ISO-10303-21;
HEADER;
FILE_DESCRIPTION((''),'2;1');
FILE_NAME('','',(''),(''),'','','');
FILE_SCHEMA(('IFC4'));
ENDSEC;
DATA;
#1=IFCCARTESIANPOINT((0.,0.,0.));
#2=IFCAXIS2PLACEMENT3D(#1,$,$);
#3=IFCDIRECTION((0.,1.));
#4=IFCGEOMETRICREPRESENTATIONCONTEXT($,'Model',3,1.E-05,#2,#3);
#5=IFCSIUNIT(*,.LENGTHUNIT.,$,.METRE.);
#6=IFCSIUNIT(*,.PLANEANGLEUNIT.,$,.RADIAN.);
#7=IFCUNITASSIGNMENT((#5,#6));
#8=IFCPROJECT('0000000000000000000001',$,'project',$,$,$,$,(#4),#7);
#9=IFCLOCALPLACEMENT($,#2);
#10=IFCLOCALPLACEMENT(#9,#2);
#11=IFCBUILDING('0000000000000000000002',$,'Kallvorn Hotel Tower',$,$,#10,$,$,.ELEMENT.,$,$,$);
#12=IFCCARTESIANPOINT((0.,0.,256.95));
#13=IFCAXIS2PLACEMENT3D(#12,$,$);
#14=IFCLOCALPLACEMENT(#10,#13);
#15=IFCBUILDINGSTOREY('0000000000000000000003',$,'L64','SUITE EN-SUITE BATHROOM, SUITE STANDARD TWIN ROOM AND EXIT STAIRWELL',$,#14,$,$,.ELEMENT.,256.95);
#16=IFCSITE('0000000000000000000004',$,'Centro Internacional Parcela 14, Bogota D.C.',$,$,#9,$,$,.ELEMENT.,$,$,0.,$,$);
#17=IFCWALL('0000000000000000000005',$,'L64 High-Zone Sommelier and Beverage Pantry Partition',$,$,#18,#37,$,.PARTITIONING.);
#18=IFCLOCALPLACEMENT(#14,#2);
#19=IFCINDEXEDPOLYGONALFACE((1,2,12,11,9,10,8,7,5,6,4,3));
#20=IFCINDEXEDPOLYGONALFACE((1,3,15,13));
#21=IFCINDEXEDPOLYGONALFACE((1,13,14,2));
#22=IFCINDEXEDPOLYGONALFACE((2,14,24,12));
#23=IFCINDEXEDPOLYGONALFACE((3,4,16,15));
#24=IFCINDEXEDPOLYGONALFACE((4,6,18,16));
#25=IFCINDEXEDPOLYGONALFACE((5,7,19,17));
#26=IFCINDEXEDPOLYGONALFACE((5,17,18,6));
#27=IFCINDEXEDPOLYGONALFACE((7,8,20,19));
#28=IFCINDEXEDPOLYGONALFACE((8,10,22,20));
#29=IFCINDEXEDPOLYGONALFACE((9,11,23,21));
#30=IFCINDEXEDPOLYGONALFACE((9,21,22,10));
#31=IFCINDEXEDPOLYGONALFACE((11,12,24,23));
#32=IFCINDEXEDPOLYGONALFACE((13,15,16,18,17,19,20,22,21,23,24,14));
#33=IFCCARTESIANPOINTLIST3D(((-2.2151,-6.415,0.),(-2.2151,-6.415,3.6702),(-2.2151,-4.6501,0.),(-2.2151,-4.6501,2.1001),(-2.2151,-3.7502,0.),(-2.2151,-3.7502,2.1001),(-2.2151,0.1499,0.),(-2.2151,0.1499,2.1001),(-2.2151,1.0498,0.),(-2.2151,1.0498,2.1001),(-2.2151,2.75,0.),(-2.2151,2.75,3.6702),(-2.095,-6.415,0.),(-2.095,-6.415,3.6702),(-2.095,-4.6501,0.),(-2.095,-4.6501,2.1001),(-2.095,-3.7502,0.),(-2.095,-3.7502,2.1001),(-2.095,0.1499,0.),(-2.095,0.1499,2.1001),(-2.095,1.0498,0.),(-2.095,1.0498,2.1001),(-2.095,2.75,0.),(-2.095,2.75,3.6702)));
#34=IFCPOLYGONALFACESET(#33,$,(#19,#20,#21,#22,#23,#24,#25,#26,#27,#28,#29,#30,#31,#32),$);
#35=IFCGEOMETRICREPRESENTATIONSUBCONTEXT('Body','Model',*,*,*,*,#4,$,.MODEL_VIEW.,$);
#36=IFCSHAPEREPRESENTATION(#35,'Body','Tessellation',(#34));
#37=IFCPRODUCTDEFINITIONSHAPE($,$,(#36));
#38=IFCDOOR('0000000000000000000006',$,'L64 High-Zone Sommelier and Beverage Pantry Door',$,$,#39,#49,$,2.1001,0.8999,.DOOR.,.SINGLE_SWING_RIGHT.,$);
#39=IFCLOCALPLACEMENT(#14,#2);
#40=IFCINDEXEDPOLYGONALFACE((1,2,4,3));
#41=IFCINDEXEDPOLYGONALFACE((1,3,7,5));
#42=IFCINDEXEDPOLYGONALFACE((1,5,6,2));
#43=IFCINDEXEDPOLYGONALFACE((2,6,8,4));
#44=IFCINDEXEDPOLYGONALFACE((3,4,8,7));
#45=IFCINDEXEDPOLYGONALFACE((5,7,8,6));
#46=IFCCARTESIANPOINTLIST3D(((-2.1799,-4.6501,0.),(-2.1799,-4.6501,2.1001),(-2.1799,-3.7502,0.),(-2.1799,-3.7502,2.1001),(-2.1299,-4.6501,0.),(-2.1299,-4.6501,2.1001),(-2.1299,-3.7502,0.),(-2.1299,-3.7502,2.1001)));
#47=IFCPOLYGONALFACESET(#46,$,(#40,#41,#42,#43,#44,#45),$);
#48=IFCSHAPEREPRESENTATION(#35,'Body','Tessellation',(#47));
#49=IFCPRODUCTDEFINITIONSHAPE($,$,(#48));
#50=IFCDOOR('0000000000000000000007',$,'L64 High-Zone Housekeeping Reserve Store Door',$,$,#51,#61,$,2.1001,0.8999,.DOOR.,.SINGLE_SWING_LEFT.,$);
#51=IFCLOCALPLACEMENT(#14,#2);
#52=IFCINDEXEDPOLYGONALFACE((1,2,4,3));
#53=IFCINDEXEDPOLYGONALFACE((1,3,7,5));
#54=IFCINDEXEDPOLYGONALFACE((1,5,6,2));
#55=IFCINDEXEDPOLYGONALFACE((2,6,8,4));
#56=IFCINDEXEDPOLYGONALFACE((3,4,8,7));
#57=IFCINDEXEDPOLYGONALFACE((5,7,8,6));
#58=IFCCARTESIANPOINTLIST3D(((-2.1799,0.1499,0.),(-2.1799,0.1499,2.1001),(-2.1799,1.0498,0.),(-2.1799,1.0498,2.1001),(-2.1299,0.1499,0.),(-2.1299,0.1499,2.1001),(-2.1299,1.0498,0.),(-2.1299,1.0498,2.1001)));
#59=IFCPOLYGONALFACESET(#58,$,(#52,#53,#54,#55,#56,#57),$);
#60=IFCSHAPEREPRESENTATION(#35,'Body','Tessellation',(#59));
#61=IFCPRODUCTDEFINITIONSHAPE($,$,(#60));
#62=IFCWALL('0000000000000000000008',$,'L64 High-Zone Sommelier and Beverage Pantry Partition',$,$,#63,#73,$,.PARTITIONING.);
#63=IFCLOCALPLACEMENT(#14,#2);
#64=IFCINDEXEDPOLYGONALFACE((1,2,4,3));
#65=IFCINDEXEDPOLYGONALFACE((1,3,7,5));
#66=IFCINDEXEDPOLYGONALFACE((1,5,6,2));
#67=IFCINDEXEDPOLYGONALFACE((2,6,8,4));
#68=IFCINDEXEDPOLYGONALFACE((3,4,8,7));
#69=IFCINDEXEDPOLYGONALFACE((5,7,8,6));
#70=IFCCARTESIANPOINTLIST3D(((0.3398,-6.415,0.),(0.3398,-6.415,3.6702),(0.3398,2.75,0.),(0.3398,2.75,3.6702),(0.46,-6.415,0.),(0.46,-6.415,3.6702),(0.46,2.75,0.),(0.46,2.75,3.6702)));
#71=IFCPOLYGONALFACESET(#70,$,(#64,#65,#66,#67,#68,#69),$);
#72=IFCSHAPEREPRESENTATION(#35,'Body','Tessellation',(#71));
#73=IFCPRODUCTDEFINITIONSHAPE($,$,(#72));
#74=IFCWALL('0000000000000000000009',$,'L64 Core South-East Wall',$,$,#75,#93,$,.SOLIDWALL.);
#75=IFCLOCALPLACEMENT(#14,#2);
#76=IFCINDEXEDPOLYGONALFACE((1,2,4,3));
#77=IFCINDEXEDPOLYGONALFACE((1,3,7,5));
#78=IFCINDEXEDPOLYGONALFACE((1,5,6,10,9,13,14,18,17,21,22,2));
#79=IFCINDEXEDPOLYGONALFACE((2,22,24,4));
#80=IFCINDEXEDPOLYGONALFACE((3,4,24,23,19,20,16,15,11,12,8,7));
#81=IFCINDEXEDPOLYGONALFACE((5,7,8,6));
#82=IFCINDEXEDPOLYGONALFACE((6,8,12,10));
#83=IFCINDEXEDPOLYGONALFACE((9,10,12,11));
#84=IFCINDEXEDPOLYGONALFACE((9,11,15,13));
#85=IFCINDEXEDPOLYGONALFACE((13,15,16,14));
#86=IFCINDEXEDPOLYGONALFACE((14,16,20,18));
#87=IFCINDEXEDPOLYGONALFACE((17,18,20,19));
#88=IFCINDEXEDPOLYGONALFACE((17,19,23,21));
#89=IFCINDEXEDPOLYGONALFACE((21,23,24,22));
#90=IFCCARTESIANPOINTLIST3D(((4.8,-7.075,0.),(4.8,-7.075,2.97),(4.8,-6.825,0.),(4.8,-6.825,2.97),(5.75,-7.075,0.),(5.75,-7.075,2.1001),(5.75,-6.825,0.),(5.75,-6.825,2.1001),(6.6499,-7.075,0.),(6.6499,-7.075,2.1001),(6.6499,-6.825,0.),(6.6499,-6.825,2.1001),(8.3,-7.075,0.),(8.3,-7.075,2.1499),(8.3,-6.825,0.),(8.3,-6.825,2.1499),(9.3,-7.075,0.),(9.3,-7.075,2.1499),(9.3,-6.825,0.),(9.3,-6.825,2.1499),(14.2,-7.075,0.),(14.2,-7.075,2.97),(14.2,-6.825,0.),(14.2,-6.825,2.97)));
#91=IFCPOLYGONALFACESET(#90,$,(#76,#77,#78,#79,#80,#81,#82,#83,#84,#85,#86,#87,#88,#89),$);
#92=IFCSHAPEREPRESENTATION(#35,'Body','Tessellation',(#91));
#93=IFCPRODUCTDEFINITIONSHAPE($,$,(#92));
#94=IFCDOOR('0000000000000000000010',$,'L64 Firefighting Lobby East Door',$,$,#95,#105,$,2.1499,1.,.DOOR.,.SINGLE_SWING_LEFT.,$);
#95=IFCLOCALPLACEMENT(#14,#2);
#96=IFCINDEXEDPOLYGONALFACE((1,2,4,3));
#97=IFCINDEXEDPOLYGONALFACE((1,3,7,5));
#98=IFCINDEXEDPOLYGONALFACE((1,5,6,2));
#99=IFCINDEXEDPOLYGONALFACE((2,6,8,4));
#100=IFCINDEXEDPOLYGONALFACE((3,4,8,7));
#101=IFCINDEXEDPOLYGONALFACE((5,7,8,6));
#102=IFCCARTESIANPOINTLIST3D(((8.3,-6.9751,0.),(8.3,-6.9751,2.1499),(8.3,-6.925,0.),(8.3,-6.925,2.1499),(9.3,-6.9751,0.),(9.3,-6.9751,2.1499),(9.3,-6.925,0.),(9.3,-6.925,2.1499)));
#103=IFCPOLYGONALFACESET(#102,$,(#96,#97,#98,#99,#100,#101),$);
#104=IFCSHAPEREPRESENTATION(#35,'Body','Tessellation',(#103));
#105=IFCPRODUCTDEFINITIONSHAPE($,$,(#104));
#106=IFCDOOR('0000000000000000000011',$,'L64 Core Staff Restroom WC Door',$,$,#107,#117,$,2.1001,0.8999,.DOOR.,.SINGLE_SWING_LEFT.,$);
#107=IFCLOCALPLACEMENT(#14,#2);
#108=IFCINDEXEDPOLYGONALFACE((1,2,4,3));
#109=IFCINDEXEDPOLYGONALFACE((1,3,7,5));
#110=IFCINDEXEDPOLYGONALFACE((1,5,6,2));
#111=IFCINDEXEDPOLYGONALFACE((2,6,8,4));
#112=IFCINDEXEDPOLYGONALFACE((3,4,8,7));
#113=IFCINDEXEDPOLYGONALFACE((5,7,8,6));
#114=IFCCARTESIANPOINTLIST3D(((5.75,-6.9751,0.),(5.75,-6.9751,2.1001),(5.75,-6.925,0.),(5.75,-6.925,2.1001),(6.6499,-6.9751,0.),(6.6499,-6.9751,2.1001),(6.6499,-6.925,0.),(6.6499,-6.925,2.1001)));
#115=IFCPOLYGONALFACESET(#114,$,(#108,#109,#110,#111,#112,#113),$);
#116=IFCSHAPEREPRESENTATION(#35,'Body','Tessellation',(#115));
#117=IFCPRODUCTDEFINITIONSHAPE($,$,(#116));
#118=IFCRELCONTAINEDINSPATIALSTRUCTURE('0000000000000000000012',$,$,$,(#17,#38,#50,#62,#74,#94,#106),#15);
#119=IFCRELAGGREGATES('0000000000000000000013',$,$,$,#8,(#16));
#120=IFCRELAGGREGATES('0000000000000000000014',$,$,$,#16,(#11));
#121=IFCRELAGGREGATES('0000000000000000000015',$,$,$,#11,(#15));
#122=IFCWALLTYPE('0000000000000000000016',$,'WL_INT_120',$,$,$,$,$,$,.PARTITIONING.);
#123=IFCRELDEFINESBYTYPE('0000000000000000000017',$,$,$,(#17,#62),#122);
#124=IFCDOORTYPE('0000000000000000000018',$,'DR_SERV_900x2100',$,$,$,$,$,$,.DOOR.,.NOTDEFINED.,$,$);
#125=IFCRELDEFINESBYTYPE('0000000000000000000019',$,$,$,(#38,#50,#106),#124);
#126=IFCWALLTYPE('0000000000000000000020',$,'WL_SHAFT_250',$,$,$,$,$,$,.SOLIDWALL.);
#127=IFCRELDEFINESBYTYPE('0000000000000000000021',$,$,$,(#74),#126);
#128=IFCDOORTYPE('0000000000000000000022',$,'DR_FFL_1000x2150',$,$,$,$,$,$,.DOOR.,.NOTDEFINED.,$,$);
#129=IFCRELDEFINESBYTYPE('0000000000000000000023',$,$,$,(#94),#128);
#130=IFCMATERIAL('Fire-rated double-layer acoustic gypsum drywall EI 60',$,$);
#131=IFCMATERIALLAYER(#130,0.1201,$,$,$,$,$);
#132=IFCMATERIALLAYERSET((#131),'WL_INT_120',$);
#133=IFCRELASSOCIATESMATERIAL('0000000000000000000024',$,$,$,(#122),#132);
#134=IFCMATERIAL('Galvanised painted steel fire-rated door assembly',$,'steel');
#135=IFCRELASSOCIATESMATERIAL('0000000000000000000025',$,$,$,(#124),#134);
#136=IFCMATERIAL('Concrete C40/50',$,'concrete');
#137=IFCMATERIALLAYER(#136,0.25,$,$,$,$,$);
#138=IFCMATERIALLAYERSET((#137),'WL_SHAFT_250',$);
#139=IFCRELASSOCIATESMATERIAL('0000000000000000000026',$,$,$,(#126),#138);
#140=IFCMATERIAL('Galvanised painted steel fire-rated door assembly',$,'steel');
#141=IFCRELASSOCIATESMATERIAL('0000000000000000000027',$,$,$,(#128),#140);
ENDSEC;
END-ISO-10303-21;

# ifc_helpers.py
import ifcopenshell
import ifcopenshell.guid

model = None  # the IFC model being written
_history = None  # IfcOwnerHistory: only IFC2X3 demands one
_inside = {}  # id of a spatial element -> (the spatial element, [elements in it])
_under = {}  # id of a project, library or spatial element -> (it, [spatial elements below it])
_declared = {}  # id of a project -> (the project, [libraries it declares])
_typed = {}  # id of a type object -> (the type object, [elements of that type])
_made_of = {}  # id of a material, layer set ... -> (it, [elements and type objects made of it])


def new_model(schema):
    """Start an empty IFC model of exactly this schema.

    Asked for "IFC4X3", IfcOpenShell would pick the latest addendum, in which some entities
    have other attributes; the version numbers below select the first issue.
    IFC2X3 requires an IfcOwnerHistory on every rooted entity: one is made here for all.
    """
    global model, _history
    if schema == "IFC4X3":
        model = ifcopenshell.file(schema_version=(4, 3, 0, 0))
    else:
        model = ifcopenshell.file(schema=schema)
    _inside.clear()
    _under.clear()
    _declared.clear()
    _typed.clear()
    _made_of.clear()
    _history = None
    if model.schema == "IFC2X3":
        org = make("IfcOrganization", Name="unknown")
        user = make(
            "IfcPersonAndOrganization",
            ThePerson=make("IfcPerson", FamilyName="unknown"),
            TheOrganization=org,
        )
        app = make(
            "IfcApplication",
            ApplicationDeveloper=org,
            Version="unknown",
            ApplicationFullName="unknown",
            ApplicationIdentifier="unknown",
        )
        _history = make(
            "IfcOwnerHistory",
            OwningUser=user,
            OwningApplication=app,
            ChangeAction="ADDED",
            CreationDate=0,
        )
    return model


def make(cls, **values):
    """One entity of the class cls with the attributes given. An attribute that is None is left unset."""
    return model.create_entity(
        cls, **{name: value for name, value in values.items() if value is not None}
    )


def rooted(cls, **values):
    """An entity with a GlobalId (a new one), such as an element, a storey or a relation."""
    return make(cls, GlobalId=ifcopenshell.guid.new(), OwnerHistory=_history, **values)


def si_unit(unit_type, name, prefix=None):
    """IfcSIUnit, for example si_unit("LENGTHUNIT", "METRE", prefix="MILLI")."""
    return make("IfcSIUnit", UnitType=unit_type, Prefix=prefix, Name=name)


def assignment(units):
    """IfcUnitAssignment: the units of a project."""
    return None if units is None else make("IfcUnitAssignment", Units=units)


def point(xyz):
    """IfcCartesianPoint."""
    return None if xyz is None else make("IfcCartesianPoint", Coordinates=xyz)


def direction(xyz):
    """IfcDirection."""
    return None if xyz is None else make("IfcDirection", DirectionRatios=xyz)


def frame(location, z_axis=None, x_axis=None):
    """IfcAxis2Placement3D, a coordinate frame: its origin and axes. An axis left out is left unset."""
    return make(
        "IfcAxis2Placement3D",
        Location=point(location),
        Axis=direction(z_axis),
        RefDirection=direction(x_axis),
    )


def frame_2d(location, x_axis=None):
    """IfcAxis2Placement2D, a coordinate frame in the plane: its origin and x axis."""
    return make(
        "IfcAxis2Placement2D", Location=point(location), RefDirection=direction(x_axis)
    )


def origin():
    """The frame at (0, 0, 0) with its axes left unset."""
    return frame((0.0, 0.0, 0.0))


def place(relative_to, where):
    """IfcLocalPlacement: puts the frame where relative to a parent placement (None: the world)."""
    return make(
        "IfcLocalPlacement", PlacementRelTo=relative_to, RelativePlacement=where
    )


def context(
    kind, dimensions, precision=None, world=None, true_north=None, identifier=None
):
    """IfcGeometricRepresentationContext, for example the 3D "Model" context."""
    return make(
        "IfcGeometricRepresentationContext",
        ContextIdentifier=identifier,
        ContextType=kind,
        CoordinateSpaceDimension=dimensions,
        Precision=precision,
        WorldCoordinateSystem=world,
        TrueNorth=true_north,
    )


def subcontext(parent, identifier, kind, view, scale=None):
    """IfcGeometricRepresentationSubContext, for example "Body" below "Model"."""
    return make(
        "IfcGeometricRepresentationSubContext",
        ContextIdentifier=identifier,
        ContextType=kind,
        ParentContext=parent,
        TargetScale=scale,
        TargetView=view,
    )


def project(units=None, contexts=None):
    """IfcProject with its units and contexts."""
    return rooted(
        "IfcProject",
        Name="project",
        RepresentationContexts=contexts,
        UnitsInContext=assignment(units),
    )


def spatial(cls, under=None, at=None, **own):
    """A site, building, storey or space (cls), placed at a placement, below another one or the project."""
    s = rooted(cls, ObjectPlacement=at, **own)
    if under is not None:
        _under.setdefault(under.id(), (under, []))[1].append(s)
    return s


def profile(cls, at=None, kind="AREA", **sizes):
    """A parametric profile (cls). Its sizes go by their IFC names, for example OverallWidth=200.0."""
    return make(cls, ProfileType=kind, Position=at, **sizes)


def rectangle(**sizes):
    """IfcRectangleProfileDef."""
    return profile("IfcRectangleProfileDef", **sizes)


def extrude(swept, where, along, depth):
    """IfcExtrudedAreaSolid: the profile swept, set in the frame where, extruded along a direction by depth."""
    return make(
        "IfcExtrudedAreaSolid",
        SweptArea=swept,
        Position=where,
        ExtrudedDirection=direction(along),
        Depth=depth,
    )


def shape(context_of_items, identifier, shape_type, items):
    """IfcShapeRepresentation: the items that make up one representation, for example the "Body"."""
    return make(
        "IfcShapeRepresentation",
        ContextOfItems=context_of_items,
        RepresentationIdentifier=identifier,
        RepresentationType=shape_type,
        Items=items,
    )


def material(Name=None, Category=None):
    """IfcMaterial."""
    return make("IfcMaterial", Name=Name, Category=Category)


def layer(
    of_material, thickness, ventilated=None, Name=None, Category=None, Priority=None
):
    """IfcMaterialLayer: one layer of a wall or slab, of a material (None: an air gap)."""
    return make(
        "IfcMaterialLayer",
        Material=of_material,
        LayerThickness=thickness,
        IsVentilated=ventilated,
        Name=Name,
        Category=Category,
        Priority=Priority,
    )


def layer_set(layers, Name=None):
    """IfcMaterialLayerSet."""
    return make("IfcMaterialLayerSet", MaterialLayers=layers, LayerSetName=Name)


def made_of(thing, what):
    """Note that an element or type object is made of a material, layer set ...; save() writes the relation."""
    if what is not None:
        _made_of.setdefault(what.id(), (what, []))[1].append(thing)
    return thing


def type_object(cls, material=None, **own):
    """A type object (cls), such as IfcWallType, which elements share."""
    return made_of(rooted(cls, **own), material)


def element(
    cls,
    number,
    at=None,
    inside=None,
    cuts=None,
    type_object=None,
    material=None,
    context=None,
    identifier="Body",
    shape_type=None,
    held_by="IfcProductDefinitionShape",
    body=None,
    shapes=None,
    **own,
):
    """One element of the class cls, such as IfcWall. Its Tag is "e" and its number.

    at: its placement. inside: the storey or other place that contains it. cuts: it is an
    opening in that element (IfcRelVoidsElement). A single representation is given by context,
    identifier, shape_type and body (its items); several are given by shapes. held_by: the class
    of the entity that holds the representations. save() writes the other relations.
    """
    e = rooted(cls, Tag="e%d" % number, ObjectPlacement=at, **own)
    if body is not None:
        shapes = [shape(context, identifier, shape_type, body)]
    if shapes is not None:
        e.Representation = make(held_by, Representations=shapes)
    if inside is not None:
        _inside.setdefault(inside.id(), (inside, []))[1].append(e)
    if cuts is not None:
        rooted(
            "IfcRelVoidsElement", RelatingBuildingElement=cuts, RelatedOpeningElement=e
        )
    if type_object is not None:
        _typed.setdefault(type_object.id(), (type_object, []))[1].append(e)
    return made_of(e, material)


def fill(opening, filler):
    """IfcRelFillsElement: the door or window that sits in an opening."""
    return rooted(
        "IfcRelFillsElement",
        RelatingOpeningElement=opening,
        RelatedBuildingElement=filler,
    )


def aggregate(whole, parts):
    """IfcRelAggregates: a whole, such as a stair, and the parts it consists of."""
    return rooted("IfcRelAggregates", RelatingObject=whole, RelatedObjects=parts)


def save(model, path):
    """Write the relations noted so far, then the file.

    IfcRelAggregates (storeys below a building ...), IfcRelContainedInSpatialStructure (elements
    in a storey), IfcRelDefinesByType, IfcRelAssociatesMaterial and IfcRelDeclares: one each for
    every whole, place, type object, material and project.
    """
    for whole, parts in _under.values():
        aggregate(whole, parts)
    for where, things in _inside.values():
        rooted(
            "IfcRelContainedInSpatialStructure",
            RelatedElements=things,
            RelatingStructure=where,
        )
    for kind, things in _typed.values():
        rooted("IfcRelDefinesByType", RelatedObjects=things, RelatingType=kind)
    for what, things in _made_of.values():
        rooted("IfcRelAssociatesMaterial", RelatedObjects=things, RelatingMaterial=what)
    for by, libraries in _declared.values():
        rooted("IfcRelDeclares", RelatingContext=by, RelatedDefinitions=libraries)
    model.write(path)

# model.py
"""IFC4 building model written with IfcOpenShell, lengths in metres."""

from ifc_helpers import new_model, si_unit, direction, frame, frame_2d, origin, place, context, subcontext, project, spatial, rectangle, extrude, material, layer, layer_set, type_object, element, fill, save


model = new_model("IFC4")

# Units and contexts
model_context = context("Model", 3, precision=1e-05, world=origin(), true_north=direction((0.0, 1.0)))
body_context = subcontext(model_context, "Body", "Model", "MODEL_VIEW")
ifc_project = project(units=[si_unit("LENGTHUNIT", "METRE"), si_unit("PLANEANGLEUNIT", "RADIAN")], contexts=[model_context])

# Site, building, storey
site_placement = place(None, origin())
site = spatial("IfcSite", under=ifc_project, at=site_placement, Name="Centro Internacional Parcela 14, Bogota D.C.", CompositionType="ELEMENT", RefElevation=0.0)
building_placement = place(site_placement, origin())
building = spatial("IfcBuilding", under=site, at=building_placement, Name="Kallvorn Hotel Tower", CompositionType="ELEMENT")
storey_placement = place(building_placement, frame((0.0, 0.0, 256.95)))
storey = spatial("IfcBuildingStorey", under=building, at=storey_placement, Name="L64", Description="SUITE EN-SUITE BATHROOM, SUITE STANDARD TWIN ROOM AND EXIT STAIRWELL", CompositionType="ELEMENT", Elevation=256.95)

# Shared definitions
ifc_material_1 = material(Name="Fire-rated double-layer acoustic gypsum drywall EI 60")
ifc_layer_1 = layer(ifc_material_1, 0.1201)
ifc_layer_set_1 = layer_set([ifc_layer_1], Name="WL_INT_120")
wall_type_1 = type_object("IfcWallType", Name="WL_INT_120", PredefinedType="PARTITIONING", material=ifc_layer_set_1)

# Wall, openings, doors
wall_1_placement = place(storey_placement, frame((-2.155, -6.415, 0.0), z_axis=(0.0, 0.0, 1.0), x_axis=(0.0, 1.0, 0.0)))
wall_1 = element("IfcWall", 1, at=wall_1_placement, inside=storey, type_object=wall_type_1, Name="L64 High-Zone Sommelier and Beverage Pantry Partition", PredefinedType="PARTITIONING", context=body_context, shape_type="SweptSolid", body=[
    extrude(rectangle(XDim=9.165, YDim=0.1201, at=frame_2d((4.5825, 0.0))), origin(), (0.0, 0.0, 1.0), 3.6702),
])
opening_1_placement = place(wall_1_placement, frame((1.7649, 0.0, 0.0)))
opening_1 = element("IfcOpeningElement", 2, at=opening_1_placement, cuts=wall_1, PredefinedType="OPENING", context=body_context, shape_type="SweptSolid", body=[
    extrude(rectangle(XDim=0.8999, YDim=2.1001, at=frame_2d((0.45, 1.05))), frame((0.0, 0.075, 0.0), z_axis=(0.0, -1.0, 0.0), x_axis=(1.0, 0.0, 0.0)), (0.0, 0.0, 1.0), 0.1501),
])
opening_2_placement = place(wall_1_placement, frame((6.5649, 0.0, 0.0)))
opening_2 = element("IfcOpeningElement", 3, at=opening_2_placement, cuts=wall_1, PredefinedType="OPENING", context=body_context, shape_type="SweptSolid", body=[
    extrude(rectangle(XDim=0.8999, YDim=2.1001, at=frame_2d((0.45, 1.05))), frame((0.0, 0.075, 0.0), z_axis=(0.0, -1.0, 0.0), x_axis=(1.0, 0.0, 0.0)), (0.0, 0.0, 1.0), 0.1501),
])
ifc_material_2 = material(Name="Galvanised painted steel fire-rated door assembly", Category="steel")
door_type_1 = type_object("IfcDoorType", Name="DR_SERV_900x2100", OperationType="NOTDEFINED", PredefinedType="DOOR", material=ifc_material_2)
door_1_placement = place(opening_1_placement, origin())
door_1 = element("IfcDoor", 4, at=door_1_placement, inside=storey, type_object=door_type_1, Name="L64 High-Zone Sommelier and Beverage Pantry Door", OperationType="SINGLE_SWING_RIGHT", OverallHeight=2.1001, OverallWidth=0.8999, PredefinedType="DOOR", context=body_context, shape_type="SweptSolid", body=[
    extrude(rectangle(XDim=0.8999, YDim=2.1001, at=frame_2d((0.45, 1.05))), frame((0.0, 0.0249, 0.0), z_axis=(0.0, -1.0, 0.0), x_axis=(1.0, 0.0, 0.0)), (0.0, 0.0, 1.0), 0.05),
])
fill(opening_1, door_1)
door_2_placement = place(opening_2_placement, origin())
door_2 = element("IfcDoor", 5, at=door_2_placement, inside=storey, type_object=door_type_1, Name="L64 High-Zone Housekeeping Reserve Store Door", OperationType="SINGLE_SWING_LEFT", OverallHeight=2.1001, OverallWidth=0.8999, PredefinedType="DOOR", context=body_context, shape_type="SweptSolid", body=[
    extrude(rectangle(XDim=0.8999, YDim=2.1001, at=frame_2d((0.45, 1.05))), frame((0.0, 0.0249, 0.0), z_axis=(0.0, -1.0, 0.0), x_axis=(1.0, 0.0, 0.0)), (0.0, 0.0, 1.0), 0.05),
])
fill(opening_2, door_2)

# Wall
wall_2_placement = place(storey_placement, frame((0.3999, -6.415, 0.0), z_axis=(0.0, 0.0, 1.0), x_axis=(0.0, 1.0, 0.0)))
element("IfcWall", 6, at=wall_2_placement, inside=storey, type_object=wall_type_1, Name="L64 High-Zone Sommelier and Beverage Pantry Partition", PredefinedType="PARTITIONING", context=body_context, shape_type="SweptSolid", body=[
    extrude(rectangle(XDim=9.165, YDim=0.1201, at=frame_2d((4.5825, 0.0))), origin(), (0.0, 0.0, 1.0), 3.6702),
])

# Wall, openings, doors
ifc_material_3 = material(Name="Concrete C40/50", Category="concrete")
ifc_layer_2 = layer(ifc_material_3, 0.25)
ifc_layer_set_2 = layer_set([ifc_layer_2], Name="WL_SHAFT_250")
wall_type_2 = type_object("IfcWallType", Name="WL_SHAFT_250", PredefinedType="SOLIDWALL", material=ifc_layer_set_2)
wall_3_placement = place(storey_placement, frame((4.8, -6.95, 0.0), z_axis=(0.0, 0.0, 1.0), x_axis=(1.0, 0.0, 0.0)))
wall_3 = element("IfcWall", 7, at=wall_3_placement, inside=storey, type_object=wall_type_2, Name="L64 Core South-East Wall", PredefinedType="SOLIDWALL", context=body_context, shape_type="SweptSolid", body=[
    extrude(rectangle(XDim=9.3999, YDim=0.25, at=frame_2d((4.7, 0.0))), origin(), (0.0, 0.0, 1.0), 2.97),
])
opening_3_placement = place(wall_3_placement, frame((3.5, 0.0, 0.0)))
opening_3 = element("IfcOpeningElement", 8, at=opening_3_placement, cuts=wall_3, PredefinedType="OPENING", context=body_context, shape_type="SweptSolid", body=[
    extrude(rectangle(XDim=1.0, YDim=2.1499, at=frame_2d((0.5, 1.075))), frame((0.0, 0.1399, 0.0), z_axis=(0.0, -1.0, 0.0), x_axis=(1.0, 0.0, 0.0)), (0.0, 0.0, 1.0), 0.28),
])
opening_4_placement = place(wall_3_placement, frame((0.95, 0.0, 0.0)))
opening_4 = element("IfcOpeningElement", 9, at=opening_4_placement, cuts=wall_3, PredefinedType="OPENING", context=body_context, shape_type="SweptSolid", body=[
    extrude(rectangle(XDim=0.8999, YDim=2.1001, at=frame_2d((0.45, 1.05))), frame((0.0, 0.1399, 0.0), z_axis=(0.0, -1.0, 0.0), x_axis=(1.0, 0.0, 0.0)), (0.0, 0.0, 1.0), 0.28),
])
ifc_material_4 = material(Name="Galvanised painted steel fire-rated door assembly", Category="steel")
door_type_2 = type_object("IfcDoorType", Name="DR_FFL_1000x2150", OperationType="NOTDEFINED", PredefinedType="DOOR", material=ifc_material_4)
door_3_placement = place(opening_3_placement, origin())
door_3 = element("IfcDoor", 10, at=door_3_placement, inside=storey, type_object=door_type_2, Name="L64 Firefighting Lobby East Door", OperationType="SINGLE_SWING_LEFT", OverallHeight=2.1499, OverallWidth=1.0, PredefinedType="DOOR", context=body_context, shape_type="SweptSolid", body=[
    extrude(rectangle(XDim=1.0, YDim=2.1499, at=frame_2d((0.5, 1.075))), frame((0.0, 0.0249, 0.0), z_axis=(0.0, -1.0, 0.0), x_axis=(1.0, 0.0, 0.0)), (0.0, 0.0, 1.0), 0.05),
])
fill(opening_3, door_3)
door_4_placement = place(opening_4_placement, origin())
door_4 = element("IfcDoor", 11, at=door_4_placement, inside=storey, type_object=door_type_1, Name="L64 Core Staff Restroom WC Door", OperationType="SINGLE_SWING_LEFT", OverallHeight=2.1001, OverallWidth=0.8999, PredefinedType="DOOR", context=body_context, shape_type="SweptSolid", body=[
    extrude(rectangle(XDim=0.8999, YDim=2.1001, at=frame_2d((0.45, 1.05))), frame((0.0, 0.0249, 0.0), z_axis=(0.0, -1.0, 0.0), x_axis=(1.0, 0.0, 0.0)), (0.0, 0.0, 1.0), 0.05),
])
fill(opening_4, door_4)

save(model, "model.ifc")
